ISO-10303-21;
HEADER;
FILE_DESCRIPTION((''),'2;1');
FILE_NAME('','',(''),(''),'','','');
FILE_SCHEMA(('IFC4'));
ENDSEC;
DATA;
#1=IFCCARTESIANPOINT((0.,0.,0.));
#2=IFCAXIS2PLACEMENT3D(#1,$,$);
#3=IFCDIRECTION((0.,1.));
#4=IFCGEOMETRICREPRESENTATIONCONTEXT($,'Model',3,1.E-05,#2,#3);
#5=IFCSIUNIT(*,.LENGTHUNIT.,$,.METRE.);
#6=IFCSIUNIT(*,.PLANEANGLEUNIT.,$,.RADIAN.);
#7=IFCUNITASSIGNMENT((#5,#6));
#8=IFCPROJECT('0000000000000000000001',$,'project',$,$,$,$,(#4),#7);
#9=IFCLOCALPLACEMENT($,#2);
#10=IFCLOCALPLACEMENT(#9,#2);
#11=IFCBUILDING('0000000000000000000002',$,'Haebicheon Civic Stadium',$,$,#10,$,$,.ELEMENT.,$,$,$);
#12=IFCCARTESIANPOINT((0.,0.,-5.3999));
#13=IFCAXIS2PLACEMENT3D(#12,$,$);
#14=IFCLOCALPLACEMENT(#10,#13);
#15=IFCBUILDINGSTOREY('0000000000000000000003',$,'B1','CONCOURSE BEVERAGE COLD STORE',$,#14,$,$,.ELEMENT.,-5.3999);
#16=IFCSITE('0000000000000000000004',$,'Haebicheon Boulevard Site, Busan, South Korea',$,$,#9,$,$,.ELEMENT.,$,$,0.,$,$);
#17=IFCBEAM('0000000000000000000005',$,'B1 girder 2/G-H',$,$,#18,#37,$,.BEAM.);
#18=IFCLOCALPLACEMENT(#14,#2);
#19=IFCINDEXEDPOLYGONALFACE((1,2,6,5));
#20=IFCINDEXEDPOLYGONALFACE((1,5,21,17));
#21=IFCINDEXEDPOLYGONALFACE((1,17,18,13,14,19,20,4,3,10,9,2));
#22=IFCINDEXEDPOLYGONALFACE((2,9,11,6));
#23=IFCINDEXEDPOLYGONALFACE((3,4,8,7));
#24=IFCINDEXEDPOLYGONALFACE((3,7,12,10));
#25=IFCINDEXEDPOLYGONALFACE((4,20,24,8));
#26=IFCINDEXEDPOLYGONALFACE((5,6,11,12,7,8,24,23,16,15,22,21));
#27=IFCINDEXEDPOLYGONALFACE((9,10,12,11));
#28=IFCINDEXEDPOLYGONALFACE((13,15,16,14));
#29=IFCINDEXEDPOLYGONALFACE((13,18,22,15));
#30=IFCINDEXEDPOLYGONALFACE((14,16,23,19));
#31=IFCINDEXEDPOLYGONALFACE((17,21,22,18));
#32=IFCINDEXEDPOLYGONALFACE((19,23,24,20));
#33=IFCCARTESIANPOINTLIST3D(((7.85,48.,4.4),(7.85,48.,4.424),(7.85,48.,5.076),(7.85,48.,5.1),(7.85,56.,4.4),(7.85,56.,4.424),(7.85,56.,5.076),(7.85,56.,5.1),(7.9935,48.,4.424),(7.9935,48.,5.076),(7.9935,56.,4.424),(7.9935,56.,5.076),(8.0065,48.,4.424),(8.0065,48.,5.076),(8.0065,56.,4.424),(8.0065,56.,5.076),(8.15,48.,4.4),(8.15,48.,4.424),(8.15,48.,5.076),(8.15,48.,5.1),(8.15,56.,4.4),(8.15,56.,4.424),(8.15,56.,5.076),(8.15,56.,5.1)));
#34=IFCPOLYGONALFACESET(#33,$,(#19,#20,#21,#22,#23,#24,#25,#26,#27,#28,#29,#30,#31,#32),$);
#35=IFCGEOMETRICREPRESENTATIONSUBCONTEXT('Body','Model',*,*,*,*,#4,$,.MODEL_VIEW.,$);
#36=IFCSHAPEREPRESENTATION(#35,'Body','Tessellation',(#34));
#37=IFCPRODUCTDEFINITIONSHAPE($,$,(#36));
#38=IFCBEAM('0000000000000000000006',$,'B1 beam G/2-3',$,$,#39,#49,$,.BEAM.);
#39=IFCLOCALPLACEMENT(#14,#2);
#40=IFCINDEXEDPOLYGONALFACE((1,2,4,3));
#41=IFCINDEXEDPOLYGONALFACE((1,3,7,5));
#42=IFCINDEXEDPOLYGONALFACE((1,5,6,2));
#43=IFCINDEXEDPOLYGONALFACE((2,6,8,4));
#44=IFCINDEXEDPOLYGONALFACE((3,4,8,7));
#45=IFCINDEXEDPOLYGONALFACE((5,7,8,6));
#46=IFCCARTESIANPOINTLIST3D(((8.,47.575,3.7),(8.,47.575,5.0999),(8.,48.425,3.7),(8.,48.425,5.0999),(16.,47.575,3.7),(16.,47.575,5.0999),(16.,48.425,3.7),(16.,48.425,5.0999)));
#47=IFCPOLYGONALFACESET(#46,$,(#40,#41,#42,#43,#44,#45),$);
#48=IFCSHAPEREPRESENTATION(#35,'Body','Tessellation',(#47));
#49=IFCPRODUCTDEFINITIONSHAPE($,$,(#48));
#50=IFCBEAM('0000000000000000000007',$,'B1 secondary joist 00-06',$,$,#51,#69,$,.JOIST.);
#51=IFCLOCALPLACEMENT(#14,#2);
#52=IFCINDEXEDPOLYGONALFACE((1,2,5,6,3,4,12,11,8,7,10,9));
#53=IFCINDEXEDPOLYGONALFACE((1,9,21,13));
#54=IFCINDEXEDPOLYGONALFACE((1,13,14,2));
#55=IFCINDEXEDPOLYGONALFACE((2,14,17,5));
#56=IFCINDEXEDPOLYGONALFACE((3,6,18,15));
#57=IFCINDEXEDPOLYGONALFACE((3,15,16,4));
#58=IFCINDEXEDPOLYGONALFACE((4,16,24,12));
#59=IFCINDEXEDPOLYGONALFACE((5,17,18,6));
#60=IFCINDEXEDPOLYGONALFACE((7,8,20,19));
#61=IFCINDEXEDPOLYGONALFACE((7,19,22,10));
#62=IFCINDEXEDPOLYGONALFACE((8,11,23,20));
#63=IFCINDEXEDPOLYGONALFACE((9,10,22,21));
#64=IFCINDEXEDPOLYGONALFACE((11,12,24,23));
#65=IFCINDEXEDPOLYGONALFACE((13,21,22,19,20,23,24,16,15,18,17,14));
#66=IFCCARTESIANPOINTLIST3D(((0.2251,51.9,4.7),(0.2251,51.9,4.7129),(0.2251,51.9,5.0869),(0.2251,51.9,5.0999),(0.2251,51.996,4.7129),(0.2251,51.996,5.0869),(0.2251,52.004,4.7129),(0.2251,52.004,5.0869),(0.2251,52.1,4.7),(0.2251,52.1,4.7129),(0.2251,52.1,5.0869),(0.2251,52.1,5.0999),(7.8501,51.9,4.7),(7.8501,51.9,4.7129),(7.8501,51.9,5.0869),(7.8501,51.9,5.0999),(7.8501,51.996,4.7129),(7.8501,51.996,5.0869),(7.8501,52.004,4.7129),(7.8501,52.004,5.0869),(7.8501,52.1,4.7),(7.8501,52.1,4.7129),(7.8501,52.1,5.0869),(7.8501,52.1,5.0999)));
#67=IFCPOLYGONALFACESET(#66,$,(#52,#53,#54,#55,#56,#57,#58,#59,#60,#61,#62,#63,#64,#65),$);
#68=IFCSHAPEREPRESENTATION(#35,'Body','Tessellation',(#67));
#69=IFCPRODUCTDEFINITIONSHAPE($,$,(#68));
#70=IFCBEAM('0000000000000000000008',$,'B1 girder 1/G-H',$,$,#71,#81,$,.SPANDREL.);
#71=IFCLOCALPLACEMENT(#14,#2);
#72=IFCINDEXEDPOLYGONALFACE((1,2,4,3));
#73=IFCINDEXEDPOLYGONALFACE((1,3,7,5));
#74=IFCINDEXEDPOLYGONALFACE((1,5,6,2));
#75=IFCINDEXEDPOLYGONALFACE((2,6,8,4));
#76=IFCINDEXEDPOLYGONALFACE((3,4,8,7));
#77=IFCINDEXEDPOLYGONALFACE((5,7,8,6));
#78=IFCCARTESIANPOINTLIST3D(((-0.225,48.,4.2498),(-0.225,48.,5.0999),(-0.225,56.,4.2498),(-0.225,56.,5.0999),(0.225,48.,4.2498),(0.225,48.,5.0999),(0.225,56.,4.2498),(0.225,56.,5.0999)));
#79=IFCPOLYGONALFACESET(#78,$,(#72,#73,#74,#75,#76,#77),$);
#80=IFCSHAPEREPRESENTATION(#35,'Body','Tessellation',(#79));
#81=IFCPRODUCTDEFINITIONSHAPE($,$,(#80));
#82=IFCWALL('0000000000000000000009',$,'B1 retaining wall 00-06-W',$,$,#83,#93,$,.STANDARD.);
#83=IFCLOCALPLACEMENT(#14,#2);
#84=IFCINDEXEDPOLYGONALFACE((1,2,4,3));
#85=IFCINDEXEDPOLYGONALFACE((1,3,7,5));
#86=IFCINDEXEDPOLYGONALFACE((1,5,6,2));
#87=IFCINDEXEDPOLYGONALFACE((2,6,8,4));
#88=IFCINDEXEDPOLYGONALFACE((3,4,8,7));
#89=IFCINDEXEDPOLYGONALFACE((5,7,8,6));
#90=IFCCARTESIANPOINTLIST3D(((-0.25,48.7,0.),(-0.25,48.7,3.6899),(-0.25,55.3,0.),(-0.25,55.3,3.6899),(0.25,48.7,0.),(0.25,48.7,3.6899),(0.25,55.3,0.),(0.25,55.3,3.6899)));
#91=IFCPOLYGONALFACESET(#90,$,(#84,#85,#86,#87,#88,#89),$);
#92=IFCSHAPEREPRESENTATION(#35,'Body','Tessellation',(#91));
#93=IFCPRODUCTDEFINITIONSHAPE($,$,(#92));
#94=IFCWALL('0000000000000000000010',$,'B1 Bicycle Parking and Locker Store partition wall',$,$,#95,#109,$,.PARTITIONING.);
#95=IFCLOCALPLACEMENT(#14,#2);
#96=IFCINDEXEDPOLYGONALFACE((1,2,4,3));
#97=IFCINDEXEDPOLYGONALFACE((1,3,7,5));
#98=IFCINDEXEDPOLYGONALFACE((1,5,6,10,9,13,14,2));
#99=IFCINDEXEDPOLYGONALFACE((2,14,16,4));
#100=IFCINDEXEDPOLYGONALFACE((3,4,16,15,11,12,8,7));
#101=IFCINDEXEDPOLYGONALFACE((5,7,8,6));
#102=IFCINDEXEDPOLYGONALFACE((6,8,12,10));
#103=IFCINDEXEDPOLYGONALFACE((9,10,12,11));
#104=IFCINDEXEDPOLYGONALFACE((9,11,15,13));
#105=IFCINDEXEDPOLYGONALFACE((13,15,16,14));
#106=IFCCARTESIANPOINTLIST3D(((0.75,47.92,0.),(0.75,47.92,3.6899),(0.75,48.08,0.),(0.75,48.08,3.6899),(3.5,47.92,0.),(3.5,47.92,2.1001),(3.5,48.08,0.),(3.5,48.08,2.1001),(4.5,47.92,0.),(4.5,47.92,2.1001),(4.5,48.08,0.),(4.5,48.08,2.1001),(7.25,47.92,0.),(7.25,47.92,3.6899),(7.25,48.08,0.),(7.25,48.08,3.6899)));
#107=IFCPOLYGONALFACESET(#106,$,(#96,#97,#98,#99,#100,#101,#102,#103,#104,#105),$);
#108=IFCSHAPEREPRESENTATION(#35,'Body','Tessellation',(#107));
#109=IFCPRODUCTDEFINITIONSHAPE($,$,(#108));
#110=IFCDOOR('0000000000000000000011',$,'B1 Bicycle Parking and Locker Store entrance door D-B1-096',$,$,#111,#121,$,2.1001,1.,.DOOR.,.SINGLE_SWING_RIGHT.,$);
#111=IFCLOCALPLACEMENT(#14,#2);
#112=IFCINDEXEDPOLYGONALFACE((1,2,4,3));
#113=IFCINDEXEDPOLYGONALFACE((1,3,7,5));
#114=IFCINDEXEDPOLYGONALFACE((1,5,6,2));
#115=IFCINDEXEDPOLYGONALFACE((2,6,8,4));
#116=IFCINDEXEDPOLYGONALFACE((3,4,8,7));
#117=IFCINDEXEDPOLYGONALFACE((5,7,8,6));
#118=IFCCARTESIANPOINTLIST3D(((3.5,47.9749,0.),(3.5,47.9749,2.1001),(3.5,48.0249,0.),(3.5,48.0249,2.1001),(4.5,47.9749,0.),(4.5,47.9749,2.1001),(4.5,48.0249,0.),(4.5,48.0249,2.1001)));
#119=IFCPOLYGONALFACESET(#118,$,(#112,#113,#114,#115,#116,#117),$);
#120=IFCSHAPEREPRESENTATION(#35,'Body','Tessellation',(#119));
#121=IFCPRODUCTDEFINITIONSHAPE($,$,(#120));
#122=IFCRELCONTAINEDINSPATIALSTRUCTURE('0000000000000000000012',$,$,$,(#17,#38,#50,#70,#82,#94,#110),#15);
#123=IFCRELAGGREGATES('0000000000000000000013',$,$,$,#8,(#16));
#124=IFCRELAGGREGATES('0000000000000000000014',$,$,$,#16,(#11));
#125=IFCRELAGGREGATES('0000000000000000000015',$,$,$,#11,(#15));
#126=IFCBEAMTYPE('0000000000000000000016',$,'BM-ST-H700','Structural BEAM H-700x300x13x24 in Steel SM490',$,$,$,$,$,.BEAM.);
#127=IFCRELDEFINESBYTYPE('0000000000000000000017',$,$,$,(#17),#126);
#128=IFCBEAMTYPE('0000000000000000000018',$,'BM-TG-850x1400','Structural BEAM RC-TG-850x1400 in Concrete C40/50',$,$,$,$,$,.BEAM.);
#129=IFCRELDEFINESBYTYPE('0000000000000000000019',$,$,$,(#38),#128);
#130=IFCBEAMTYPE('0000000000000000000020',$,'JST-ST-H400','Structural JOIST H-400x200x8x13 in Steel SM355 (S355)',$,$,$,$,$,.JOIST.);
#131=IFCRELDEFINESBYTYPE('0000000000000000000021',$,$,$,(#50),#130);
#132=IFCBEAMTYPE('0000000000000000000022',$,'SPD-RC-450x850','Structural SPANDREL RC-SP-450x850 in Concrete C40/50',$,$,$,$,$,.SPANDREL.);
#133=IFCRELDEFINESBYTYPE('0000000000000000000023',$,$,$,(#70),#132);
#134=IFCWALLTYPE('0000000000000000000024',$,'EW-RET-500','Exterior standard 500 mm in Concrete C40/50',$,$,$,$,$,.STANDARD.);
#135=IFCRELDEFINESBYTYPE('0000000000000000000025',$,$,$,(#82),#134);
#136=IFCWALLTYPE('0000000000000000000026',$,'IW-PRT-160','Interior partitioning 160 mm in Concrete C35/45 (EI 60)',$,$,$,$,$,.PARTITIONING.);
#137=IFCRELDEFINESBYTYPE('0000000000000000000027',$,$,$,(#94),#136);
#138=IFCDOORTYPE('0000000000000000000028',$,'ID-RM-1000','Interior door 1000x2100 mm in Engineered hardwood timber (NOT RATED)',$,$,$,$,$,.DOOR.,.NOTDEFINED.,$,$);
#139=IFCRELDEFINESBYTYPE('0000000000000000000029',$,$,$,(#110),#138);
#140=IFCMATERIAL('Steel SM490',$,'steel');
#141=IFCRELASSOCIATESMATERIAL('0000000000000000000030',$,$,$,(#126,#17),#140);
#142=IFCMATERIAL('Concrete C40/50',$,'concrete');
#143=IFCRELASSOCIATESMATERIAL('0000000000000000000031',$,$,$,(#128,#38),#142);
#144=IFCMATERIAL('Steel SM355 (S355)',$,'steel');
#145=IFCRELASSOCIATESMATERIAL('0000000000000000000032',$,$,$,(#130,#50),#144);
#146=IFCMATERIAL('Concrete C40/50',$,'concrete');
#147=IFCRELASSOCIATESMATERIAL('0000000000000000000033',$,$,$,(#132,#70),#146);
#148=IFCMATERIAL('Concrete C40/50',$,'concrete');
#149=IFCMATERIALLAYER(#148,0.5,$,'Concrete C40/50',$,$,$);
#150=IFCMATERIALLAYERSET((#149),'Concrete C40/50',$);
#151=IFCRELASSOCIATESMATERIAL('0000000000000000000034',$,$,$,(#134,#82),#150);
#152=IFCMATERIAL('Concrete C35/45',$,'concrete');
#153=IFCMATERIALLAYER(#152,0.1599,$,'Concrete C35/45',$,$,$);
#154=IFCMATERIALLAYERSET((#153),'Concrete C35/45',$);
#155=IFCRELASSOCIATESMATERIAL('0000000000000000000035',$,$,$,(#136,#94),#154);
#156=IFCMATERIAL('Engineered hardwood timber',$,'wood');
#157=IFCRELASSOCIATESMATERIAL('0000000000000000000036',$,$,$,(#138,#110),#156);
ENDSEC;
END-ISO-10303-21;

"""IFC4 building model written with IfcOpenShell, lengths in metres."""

from ifc_helpers import new_model, si_unit, direction, frame, frame_2d, origin, origin_2d, place, context, subcontext, project, spatial, rectangle, i_section, extrude, material, layer, layer_set, material_profile, profile_set, type_object, element, fill, save


model = new_model("IFC4")

# Units and contexts
model_context = context("Model", 3, precision=1e-05, world=origin(), true_north=direction((0.0, 1.0)))
body_context = subcontext(model_context, "Body", "Model", "MODEL_VIEW")
ifc_project = project(units=[si_unit("LENGTHUNIT", "METRE"), si_unit("PLANEANGLEUNIT", "RADIAN")], contexts=[model_context])

# Site, building, storey
site_placement = place(None, origin())
site = spatial("IfcSite", under=ifc_project, at=site_placement, Name="Haebicheon Boulevard Site, Busan, South Korea", CompositionType="ELEMENT", RefElevation=0.0)
building_placement = place(site_placement, origin())
building = spatial("IfcBuilding", under=site, at=building_placement, Name="Haebicheon Civic Stadium", CompositionType="ELEMENT")
storey_placement = place(building_placement, frame((0.0, 0.0, -5.3999)))
storey = spatial("IfcBuildingStorey", under=building, at=storey_placement, Name="B1", Description="CONCOURSE BEVERAGE COLD STORE", CompositionType="ELEMENT", Elevation=-5.3999)

# Beams
ifc_material_1 = material(Name="Steel SM490", Category="steel")
ifc_material_profile_1 = material_profile(ifc_material_1, i_section(OverallWidth=0.3, OverallDepth=0.7, WebThickness=0.0129, FlangeThickness=0.0239, at=origin_2d()), Name="H-700x300x13x24")
ifc_profile_set_1 = profile_set([ifc_material_profile_1], Name="Steel SM490")
beam_type_1 = type_object("IfcBeamType", Name="BM-ST-H700", Description="Structural BEAM H-700x300x13x24 in Steel SM490", PredefinedType="BEAM", material=ifc_profile_set_1)
beam_1_placement = place(storey_placement, frame((8.0, 48.0, 4.75), z_axis=(0.0, 1.0, 0.0), x_axis=(-1.0, 0.0, 0.0)))
element("IfcBeam", 1, at=beam_1_placement, inside=storey, type_object=beam_type_1, material=ifc_profile_set_1, Name="B1 girder 2/G-H", PredefinedType="BEAM", context=body_context, shape_type="SweptSolid", body=[
    extrude(i_section(OverallWidth=0.3, OverallDepth=0.7, WebThickness=0.0129, FlangeThickness=0.0239, at=origin_2d()), origin(), (0.0, 0.0, 1.0), 8.0),
])
ifc_material_2 = material(Name="Concrete C40/50", Category="concrete")
ifc_material_profile_2 = material_profile(ifc_material_2, rectangle(XDim=0.8501, YDim=1.3999, at=origin_2d()), Name="RC-TG-850x1400")
ifc_profile_set_2 = profile_set([ifc_material_profile_2], Name="Concrete C40/50")
beam_type_2 = type_object("IfcBeamType", Name="BM-TG-850x1400", Description="Structural BEAM RC-TG-850x1400 in Concrete C40/50", PredefinedType="BEAM", material=ifc_profile_set_2)
beam_2_placement = place(storey_placement, frame((8.0, 48.0, 4.3999), z_axis=(1.0, 0.0, 0.0), x_axis=(0.0, 1.0, 0.0)))
element("IfcBeam", 2, at=beam_2_placement, inside=storey, type_object=beam_type_2, material=ifc_profile_set_2, Name="B1 beam G/2-3", PredefinedType="BEAM", context=body_context, shape_type="SweptSolid", body=[
    extrude(rectangle(XDim=0.8501, YDim=1.3999, at=origin_2d()), origin(), (0.0, 0.0, 1.0), 8.0),
])
ifc_material_3 = material(Name="Steel SM355 (S355)", Category="steel")
ifc_material_profile_3 = material_profile(ifc_material_3, i_section(OverallWidth=0.2, OverallDepth=0.3999, WebThickness=0.0081, FlangeThickness=0.0129, at=origin_2d()), Name="H-400x200x8x13")
ifc_profile_set_3 = profile_set([ifc_material_profile_3], Name="Steel SM355 (S355)")
beam_type_3 = type_object("IfcBeamType", Name="JST-ST-H400", Description="Structural JOIST H-400x200x8x13 in Steel SM355 (S355)", PredefinedType="JOIST", material=ifc_profile_set_3)
beam_3_placement = place(storey_placement, frame((0.2251, 52.0, 4.8999), z_axis=(1.0, 0.0, 0.0), x_axis=(0.0, 1.0, 0.0)))
element("IfcBeam", 3, at=beam_3_placement, inside=storey, type_object=beam_type_3, material=ifc_profile_set_3, Name="B1 secondary joist 00-06", PredefinedType="JOIST", context=body_context, shape_type="SweptSolid", body=[
    extrude(i_section(OverallWidth=0.2, OverallDepth=0.3999, WebThickness=0.0081, FlangeThickness=0.0129, at=origin_2d()), origin(), (0.0, 0.0, 1.0), 7.625),
])
ifc_material_4 = material(Name="Concrete C40/50", Category="concrete")
ifc_material_profile_4 = material_profile(ifc_material_4, rectangle(XDim=0.45, YDim=0.8501, at=origin_2d()), Name="RC-SP-450x850")
ifc_profile_set_4 = profile_set([ifc_material_profile_4], Name="Concrete C40/50")
beam_type_4 = type_object("IfcBeamType", Name="SPD-RC-450x850", Description="Structural SPANDREL RC-SP-450x850 in Concrete C40/50", PredefinedType="SPANDREL", material=ifc_profile_set_4)
beam_4_placement = place(storey_placement, frame((0.0, 48.0, 4.6748), z_axis=(0.0, 1.0, 0.0), x_axis=(-1.0, 0.0, 0.0)))
element("IfcBeam", 4, at=beam_4_placement, inside=storey, type_object=beam_type_4, material=ifc_profile_set_4, Name="B1 girder 1/G-H", PredefinedType="SPANDREL", context=body_context, shape_type="SweptSolid", body=[
    extrude(rectangle(XDim=0.45, YDim=0.8501, at=origin_2d()), origin(), (0.0, 0.0, 1.0), 8.0),
])

# Wall
ifc_material_5 = material(Name="Concrete C40/50", Category="concrete")
ifc_layer_1 = layer(ifc_material_5, 0.5, Name="Concrete C40/50")
ifc_layer_set_1 = layer_set([ifc_layer_1], Name="Concrete C40/50")
wall_type_1 = type_object("IfcWallType", Name="EW-RET-500", Description="Exterior standard 500 mm in Concrete C40/50", PredefinedType="STANDARD", material=ifc_layer_set_1)
wall_1_placement = place(storey_placement, frame((0.0, 48.7, 0.0), z_axis=(0.0, 0.0, 1.0), x_axis=(0.0, 1.0, 0.0)))
element("IfcWall", 5, at=wall_1_placement, inside=storey, type_object=wall_type_1, material=ifc_layer_set_1, Name="B1 retaining wall 00-06-W", PredefinedType="STANDARD", context=body_context, shape_type="SweptSolid", body=[
    extrude(rectangle(XDim=6.6001, YDim=0.5, at=frame_2d((3.3, 0.0))), origin(), (0.0, 0.0, 1.0), 3.6899),
])

# Wall, opening, door
ifc_material_6 = material(Name="Concrete C35/45", Category="concrete")
ifc_layer_2 = layer(ifc_material_6, 0.1599, Name="Concrete C35/45")
ifc_layer_set_2 = layer_set([ifc_layer_2], Name="Concrete C35/45")
wall_type_2 = type_object("IfcWallType", Name="IW-PRT-160", Description="Interior partitioning 160 mm in Concrete C35/45 (EI 60)", PredefinedType="PARTITIONING", material=ifc_layer_set_2)
wall_2_placement = place(storey_placement, frame((0.75, 48.0, 0.0), z_axis=(0.0, 0.0, 1.0), x_axis=(1.0, 0.0, 0.0)))
wall_2 = element("IfcWall", 6, at=wall_2_placement, inside=storey, type_object=wall_type_2, material=ifc_layer_set_2, Name="B1 Bicycle Parking and Locker Store partition wall", PredefinedType="PARTITIONING", context=body_context, shape_type="SweptSolid", body=[
    extrude(rectangle(XDim=6.5, YDim=0.1599, at=frame_2d((3.25, 0.0))), origin(), (0.0, 0.0, 1.0), 3.6899),
])
opening_placement = place(wall_2_placement, frame((2.75, 0.0, 0.0)))
opening = element("IfcOpeningElement", 7, at=opening_placement, cuts=wall_2, PredefinedType="OPENING", context=body_context, shape_type="SweptSolid", body=[
    extrude(rectangle(XDim=1.0, YDim=2.1001, at=frame_2d((0.5, 1.05))), frame((0.0, 0.0898, 0.0), z_axis=(0.0, -1.0, 0.0), x_axis=(1.0, 0.0, 0.0)), (0.0, 0.0, 1.0), 0.1799),
])
ifc_material_7 = material(Name="Engineered hardwood timber", Category="wood")
door_type = type_object("IfcDoorType", Name="ID-RM-1000", Description="Interior door 1000x2100 mm in Engineered hardwood timber (NOT RATED)", OperationType="NOTDEFINED", PredefinedType="DOOR", material=ifc_material_7)
door_placement = place(opening_placement, origin())
door = element("IfcDoor", 8, at=door_placement, inside=storey, type_object=door_type, material=ifc_material_7, Name="B1 Bicycle Parking and Locker Store entrance door D-B1-096", OperationType="SINGLE_SWING_RIGHT", OverallHeight=2.1001, OverallWidth=1.0, PredefinedType="DOOR", context=body_context, shape_type="SweptSolid", body=[
    extrude(rectangle(XDim=1.0, YDim=2.1001, at=frame_2d((0.5, 1.05))), frame((0.0, 0.0249, 0.0), z_axis=(0.0, -1.0, 0.0), x_axis=(1.0, 0.0, 0.0)), (0.0, 0.0, 1.0), 0.05),
])
fill(opening, door)

save(model, "model.ifc")
